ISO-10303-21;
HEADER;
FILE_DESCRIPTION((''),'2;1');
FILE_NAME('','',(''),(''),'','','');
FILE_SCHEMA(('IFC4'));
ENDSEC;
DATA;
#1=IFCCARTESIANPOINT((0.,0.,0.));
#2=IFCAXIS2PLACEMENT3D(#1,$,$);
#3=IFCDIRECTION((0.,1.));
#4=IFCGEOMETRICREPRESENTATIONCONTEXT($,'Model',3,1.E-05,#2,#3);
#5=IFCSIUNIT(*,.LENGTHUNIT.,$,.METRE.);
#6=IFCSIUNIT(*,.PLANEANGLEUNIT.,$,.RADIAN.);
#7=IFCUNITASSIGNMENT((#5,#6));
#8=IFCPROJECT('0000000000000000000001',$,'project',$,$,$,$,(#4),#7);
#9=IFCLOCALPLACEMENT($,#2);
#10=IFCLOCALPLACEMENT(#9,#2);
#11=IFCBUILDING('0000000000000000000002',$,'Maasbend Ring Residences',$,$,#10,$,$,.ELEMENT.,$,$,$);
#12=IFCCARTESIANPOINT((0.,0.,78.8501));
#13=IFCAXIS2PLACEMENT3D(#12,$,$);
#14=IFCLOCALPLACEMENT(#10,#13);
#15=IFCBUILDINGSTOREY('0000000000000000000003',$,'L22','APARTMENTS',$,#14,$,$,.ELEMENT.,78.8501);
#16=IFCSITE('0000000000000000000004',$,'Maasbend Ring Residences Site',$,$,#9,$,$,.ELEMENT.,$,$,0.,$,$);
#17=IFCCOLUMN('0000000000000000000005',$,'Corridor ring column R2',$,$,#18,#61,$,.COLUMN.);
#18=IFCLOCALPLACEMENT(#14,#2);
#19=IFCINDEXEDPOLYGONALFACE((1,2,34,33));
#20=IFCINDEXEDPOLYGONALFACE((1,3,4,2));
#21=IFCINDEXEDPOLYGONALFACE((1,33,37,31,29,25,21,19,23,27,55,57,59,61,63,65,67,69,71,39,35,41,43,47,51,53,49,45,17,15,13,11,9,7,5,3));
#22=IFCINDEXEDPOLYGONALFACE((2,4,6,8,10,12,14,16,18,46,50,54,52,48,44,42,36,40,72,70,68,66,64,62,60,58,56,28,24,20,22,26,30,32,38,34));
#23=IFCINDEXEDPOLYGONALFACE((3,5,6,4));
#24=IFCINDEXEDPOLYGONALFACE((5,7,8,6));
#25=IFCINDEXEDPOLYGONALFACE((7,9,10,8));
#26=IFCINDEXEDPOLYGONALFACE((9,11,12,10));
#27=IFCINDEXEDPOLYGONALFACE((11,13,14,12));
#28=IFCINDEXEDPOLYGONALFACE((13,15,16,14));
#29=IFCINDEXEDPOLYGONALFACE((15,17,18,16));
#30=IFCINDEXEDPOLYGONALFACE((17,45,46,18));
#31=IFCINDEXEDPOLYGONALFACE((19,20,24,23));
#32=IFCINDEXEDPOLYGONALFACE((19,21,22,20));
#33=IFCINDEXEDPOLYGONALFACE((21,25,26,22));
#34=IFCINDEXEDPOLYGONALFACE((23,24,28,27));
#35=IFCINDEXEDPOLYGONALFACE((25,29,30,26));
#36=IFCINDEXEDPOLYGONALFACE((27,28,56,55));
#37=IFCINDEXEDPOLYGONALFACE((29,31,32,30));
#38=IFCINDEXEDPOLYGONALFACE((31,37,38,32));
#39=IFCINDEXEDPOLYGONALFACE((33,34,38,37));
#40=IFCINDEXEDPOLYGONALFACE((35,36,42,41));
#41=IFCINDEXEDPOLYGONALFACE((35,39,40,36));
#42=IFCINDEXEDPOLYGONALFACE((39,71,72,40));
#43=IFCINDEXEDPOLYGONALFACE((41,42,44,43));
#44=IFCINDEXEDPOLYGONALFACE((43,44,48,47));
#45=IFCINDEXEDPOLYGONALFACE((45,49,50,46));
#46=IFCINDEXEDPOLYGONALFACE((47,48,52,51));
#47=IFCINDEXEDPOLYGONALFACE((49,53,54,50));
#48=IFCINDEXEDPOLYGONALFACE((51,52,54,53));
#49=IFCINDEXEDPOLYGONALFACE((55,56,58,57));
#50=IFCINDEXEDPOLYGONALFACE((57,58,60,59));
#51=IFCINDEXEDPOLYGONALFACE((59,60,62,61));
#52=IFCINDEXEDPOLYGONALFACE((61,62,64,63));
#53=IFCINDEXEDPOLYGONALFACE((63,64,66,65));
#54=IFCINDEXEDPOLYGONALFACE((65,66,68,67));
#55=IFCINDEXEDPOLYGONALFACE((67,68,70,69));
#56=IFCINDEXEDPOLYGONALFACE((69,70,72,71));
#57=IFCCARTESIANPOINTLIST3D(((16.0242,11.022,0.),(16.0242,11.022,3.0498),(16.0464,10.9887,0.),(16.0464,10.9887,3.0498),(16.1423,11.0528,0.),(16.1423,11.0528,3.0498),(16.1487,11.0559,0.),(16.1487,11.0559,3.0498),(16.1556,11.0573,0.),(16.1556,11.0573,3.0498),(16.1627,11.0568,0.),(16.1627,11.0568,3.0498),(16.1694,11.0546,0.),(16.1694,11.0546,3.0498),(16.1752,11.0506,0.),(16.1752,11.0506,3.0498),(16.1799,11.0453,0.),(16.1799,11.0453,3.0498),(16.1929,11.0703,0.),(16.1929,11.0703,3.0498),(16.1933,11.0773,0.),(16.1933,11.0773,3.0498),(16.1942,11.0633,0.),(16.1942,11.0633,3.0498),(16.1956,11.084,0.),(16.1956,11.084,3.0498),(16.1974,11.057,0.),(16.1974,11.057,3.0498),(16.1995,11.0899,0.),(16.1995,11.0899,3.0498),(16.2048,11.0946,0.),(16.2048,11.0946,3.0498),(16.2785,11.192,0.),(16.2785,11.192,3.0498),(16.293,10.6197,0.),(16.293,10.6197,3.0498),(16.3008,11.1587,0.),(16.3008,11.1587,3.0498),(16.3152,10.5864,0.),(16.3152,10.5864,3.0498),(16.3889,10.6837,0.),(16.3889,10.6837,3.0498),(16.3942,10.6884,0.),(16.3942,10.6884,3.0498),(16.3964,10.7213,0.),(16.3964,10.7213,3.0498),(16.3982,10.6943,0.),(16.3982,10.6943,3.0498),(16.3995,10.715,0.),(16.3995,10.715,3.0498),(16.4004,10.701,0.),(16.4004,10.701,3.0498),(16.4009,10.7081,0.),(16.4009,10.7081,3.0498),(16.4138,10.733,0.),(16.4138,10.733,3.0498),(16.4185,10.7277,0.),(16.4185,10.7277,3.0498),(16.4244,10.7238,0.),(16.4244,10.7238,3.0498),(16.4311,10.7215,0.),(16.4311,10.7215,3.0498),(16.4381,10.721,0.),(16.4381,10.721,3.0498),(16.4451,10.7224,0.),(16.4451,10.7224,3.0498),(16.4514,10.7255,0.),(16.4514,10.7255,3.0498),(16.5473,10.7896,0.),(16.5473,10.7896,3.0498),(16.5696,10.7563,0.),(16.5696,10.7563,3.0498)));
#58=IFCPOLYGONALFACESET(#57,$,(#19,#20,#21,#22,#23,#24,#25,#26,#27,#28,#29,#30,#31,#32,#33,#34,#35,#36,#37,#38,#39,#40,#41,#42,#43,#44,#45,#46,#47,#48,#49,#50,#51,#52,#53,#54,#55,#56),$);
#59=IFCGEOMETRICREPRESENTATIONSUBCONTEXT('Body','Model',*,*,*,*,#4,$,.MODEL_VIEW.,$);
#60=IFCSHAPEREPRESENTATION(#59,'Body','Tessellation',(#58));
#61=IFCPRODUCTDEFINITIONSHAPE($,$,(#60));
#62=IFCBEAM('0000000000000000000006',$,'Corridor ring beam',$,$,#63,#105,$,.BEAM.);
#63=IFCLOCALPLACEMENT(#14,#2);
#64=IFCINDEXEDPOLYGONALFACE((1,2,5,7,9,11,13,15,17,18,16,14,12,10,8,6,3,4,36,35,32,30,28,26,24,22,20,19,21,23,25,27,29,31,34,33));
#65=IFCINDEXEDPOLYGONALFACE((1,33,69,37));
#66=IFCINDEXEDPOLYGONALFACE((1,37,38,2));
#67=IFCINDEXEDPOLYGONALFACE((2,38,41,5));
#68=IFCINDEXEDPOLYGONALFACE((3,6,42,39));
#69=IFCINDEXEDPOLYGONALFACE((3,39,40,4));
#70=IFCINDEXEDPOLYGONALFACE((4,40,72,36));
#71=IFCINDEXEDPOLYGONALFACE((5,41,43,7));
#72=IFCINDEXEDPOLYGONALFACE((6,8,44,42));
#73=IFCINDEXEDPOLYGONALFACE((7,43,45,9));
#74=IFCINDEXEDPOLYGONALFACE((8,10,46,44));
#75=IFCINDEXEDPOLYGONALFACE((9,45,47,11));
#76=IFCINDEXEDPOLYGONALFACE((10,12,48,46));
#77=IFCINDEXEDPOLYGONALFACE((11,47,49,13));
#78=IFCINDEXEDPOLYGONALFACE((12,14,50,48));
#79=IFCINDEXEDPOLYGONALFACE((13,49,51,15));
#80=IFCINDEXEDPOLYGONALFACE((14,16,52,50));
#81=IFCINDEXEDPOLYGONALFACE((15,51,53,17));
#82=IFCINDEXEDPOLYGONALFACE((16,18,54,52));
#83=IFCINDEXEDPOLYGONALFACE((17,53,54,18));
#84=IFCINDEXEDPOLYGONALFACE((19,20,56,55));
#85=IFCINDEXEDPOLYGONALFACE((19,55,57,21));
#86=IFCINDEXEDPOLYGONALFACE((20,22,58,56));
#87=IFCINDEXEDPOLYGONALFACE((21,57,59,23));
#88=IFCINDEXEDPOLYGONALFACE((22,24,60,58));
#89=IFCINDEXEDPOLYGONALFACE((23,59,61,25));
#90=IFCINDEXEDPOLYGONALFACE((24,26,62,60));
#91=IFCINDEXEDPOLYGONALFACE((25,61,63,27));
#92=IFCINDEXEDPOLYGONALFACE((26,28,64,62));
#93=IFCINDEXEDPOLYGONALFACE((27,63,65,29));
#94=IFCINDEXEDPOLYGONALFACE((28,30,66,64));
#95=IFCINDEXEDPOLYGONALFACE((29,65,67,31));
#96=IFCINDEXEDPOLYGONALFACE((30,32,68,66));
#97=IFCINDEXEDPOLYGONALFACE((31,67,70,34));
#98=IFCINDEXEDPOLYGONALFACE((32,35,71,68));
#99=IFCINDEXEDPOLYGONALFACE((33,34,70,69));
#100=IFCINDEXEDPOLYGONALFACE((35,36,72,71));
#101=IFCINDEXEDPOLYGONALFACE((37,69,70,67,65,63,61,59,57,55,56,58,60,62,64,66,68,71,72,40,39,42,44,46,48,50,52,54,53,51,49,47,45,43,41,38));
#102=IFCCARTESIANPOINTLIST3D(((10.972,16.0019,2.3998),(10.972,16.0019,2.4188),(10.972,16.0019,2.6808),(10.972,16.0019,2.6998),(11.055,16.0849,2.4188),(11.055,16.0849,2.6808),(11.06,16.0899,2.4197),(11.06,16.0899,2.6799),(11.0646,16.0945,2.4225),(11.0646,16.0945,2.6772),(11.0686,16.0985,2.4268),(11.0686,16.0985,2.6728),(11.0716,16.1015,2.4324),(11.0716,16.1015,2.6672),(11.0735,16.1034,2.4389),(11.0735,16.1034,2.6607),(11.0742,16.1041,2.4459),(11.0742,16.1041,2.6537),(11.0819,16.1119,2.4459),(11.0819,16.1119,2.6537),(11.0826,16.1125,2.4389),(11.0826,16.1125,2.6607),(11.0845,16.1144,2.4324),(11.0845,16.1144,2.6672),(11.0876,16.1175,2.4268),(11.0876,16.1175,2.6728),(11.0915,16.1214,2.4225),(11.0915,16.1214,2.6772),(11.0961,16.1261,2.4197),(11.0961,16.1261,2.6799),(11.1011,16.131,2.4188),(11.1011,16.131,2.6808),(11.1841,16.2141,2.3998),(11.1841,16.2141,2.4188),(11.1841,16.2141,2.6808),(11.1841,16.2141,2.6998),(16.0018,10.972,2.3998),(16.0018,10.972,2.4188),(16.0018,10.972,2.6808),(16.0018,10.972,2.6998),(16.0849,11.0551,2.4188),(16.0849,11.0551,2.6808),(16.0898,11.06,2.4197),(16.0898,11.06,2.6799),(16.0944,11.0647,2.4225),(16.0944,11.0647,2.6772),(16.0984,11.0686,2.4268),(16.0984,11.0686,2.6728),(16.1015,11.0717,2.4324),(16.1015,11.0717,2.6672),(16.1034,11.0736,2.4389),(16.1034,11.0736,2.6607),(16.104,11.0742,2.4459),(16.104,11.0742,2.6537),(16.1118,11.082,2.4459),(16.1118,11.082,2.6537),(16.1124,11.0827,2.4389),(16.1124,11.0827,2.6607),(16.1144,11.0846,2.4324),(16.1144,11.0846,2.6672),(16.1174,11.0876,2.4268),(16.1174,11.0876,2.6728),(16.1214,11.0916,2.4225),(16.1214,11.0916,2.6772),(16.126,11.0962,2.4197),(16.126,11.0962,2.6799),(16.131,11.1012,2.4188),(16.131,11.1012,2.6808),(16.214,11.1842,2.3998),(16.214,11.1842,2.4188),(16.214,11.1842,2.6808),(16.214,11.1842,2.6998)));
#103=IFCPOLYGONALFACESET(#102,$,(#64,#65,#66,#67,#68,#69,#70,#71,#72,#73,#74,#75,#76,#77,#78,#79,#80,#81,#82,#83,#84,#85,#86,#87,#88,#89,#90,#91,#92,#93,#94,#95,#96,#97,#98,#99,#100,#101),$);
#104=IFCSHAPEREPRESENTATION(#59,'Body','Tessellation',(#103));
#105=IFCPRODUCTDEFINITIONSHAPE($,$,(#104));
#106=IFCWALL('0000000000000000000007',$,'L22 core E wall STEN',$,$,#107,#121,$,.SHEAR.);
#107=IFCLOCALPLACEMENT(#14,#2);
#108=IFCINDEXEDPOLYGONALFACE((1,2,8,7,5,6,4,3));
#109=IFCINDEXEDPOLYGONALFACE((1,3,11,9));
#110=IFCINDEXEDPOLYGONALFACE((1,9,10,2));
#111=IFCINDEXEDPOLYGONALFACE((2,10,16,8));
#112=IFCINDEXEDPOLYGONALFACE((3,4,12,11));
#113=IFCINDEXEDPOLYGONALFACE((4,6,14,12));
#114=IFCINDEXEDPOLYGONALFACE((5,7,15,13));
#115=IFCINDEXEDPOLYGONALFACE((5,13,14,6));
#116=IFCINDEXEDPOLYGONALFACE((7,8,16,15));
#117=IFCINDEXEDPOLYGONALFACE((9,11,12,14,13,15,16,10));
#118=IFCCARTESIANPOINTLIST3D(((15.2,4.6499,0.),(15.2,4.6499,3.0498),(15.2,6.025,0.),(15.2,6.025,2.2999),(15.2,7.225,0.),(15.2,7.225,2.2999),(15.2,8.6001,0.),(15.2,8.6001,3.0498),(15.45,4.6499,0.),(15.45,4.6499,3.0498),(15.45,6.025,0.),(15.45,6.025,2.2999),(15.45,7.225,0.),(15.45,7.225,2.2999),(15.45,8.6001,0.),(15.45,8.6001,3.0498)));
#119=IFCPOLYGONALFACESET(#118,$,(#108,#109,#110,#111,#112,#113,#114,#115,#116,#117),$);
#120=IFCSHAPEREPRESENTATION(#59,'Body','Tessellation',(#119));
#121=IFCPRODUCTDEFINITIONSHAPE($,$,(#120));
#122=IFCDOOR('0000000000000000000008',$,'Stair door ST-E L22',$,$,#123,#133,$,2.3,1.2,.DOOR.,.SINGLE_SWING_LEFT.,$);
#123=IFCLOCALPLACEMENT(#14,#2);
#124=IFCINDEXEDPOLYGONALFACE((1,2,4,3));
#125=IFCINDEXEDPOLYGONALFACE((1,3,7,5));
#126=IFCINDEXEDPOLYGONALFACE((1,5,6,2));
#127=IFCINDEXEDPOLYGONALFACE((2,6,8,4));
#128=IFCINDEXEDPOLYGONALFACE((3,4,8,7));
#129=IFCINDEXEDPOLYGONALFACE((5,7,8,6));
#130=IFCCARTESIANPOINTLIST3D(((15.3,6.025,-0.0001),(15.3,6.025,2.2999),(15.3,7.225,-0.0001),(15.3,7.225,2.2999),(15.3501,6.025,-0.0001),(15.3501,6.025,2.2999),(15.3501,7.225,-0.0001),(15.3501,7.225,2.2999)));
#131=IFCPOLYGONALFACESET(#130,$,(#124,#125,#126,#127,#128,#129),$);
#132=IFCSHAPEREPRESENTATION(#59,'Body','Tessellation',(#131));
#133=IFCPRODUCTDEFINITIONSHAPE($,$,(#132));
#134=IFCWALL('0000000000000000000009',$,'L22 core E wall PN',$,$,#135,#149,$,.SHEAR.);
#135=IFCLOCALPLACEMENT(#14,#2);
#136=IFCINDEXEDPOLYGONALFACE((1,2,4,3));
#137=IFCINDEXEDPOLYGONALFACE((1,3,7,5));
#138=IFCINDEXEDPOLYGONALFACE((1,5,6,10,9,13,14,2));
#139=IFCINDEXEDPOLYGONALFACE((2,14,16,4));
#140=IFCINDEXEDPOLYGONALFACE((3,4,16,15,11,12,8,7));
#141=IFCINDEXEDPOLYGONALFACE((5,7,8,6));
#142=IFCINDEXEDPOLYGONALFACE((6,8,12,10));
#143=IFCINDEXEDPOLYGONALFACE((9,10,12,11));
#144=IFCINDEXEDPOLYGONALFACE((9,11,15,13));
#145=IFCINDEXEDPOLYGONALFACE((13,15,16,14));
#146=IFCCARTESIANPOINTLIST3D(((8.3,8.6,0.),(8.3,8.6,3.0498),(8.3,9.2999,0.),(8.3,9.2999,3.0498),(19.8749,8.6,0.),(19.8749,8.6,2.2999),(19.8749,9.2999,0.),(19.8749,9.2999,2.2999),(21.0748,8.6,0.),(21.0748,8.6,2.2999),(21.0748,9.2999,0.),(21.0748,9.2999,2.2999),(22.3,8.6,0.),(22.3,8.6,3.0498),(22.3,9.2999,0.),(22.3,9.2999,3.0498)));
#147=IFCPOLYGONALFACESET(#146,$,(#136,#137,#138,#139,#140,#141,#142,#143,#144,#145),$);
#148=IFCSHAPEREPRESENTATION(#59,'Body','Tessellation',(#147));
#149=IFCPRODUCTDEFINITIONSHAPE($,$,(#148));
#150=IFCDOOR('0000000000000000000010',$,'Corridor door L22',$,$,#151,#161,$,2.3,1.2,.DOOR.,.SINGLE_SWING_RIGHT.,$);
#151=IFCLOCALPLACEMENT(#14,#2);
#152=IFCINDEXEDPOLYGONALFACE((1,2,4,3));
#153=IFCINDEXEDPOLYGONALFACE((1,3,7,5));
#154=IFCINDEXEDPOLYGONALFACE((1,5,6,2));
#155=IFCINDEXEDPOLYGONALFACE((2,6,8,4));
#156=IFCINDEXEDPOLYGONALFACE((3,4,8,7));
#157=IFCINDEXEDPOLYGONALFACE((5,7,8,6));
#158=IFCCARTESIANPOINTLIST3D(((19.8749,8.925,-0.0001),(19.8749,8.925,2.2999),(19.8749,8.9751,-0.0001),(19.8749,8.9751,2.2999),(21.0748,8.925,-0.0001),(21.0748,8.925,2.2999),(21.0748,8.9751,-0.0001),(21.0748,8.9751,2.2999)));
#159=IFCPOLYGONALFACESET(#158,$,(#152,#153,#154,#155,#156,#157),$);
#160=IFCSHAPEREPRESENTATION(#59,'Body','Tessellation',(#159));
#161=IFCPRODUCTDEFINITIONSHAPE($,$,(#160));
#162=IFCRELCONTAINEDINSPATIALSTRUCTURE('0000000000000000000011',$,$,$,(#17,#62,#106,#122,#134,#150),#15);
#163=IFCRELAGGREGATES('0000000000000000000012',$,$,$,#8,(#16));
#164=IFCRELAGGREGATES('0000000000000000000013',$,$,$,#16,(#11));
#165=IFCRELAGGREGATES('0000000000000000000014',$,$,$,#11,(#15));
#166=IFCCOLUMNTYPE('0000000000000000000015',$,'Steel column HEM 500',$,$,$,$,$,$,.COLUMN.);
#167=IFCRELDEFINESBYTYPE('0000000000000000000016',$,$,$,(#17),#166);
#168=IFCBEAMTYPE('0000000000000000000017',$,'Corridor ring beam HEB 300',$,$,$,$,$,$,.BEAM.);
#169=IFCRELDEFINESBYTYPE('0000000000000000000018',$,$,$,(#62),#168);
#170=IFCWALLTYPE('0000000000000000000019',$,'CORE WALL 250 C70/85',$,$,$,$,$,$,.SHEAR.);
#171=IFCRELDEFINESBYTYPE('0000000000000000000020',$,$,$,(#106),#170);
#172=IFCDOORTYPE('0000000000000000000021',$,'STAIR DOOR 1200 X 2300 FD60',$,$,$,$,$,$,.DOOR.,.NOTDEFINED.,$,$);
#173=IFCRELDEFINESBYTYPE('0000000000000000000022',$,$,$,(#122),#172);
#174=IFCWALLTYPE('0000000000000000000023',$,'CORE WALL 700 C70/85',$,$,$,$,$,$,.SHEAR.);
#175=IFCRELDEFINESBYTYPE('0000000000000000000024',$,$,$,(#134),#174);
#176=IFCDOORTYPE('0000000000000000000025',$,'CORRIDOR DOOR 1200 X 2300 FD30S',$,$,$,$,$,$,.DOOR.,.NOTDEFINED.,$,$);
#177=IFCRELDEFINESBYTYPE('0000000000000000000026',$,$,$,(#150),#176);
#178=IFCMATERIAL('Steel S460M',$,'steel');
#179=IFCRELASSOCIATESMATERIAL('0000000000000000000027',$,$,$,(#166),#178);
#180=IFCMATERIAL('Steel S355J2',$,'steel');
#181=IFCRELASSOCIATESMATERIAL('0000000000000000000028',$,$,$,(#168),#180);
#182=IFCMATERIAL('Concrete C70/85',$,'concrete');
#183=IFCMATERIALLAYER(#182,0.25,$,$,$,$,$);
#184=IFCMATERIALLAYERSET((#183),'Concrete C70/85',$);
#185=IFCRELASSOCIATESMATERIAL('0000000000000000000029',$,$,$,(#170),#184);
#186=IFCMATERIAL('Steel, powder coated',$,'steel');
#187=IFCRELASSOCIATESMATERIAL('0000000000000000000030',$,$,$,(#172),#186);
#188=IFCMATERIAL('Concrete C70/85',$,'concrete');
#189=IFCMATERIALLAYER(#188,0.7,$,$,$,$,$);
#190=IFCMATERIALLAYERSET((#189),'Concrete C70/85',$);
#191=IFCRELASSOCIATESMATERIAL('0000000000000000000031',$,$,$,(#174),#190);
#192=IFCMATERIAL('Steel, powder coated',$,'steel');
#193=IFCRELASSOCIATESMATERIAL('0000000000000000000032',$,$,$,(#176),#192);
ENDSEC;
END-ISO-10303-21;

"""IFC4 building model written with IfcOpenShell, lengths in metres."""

from ifc_helpers import new_model, si_unit, direction, frame, frame_2d, origin, origin_2d, place, context, subcontext, project, spatial, rectangle, i_section, extrude, material, layer, layer_set, material_profile, profile_set, type_object, element, fill, save


model = new_model("IFC4")

# Units and contexts
model_context = context("Model", 3, precision=1e-05, world=origin(), true_north=direction((0.0, 1.0)))
body_context = subcontext(model_context, "Body", "Model", "MODEL_VIEW")
ifc_project = project(units=[si_unit("LENGTHUNIT", "METRE"), si_unit("PLANEANGLEUNIT", "RADIAN")], contexts=[model_context])

# Site, building, storey
site_placement = place(None, origin())
site = spatial("IfcSite", under=ifc_project, at=site_placement, Name="Maasbend Ring Residences Site", CompositionType="ELEMENT", RefElevation=0.0)
building_placement = place(site_placement, origin())
building = spatial("IfcBuilding", under=site, at=building_placement, Name="Maasbend Ring Residences", CompositionType="ELEMENT")
storey_placement = place(building_placement, frame((0.0, 0.0, 78.8501)))
storey = spatial("IfcBuildingStorey", under=building, at=storey_placement, Name="L22", Description="APARTMENTS", CompositionType="ELEMENT", Elevation=78.8501)

# Column
ifc_material_1 = material(Name="Steel S460M", Category="steel")
ifc_material_profile_1 = material_profile(ifc_material_1, i_section(OverallWidth=0.3059, OverallDepth=0.5239, WebThickness=0.021, FlangeThickness=0.04, FilletRadius=0.0271, at=origin_2d()), Name="HEM 500")
ifc_profile_set_1 = profile_set([ifc_material_profile_1], Name="Steel S460M")
column_type = type_object("IfcColumnType", Name="Steel column HEM 500", PredefinedType="COLUMN", material=ifc_profile_set_1)
column_placement = place(storey_placement, frame((16.2969, 10.8892, 0.0), z_axis=(0.0, 0.0, 1.0), x_axis=(0.83147, 0.55557, 0.0)))
element("IfcColumn", 1, at=column_placement, inside=storey, type_object=column_type, Name="Corridor ring column R2", PredefinedType="COLUMN", context=body_context, shape_type="SweptSolid", body=[
    extrude(i_section(OverallWidth=0.3059, OverallDepth=0.5239, WebThickness=0.021, FlangeThickness=0.04, FilletRadius=0.0271, at=origin_2d()), origin(), (0.0, 0.0, 1.0), 3.0498),
])

# Beam
ifc_material_2 = material(Name="Steel S355J2", Category="steel")
ifc_material_profile_2 = material_profile(ifc_material_2, i_section(OverallWidth=0.3, OverallDepth=0.3, WebThickness=0.011, FlangeThickness=0.019, FilletRadius=0.0271, at=origin_2d()), Name="HEB 300")
ifc_profile_set_2 = profile_set([ifc_material_profile_2], Name="Steel S355J2")
beam_type = type_object("IfcBeamType", Name="Corridor ring beam HEB 300", PredefinedType="BEAM", material=ifc_profile_set_2)
beam_placement = place(storey_placement, frame((16.1079, 11.0781, 2.5498), z_axis=(-0.707107, 0.707107, 0.0), x_axis=(-0.707107, -0.707107, 0.0)))
element("IfcBeam", 2, at=beam_placement, inside=storey, type_object=beam_type, Name="Corridor ring beam", PredefinedType="BEAM", context=body_context, shape_type="SweptSolid", body=[
    extrude(i_section(OverallWidth=0.3, OverallDepth=0.3, WebThickness=0.011, FlangeThickness=0.019, FilletRadius=0.0271, at=origin_2d()), origin(), (0.0, 0.0, 1.0), 7.1133),
])

# Walls, openings, doors
ifc_material_3 = material(Name="Concrete C70/85", Category="concrete")
ifc_layer_1 = layer(ifc_material_3, 0.25)
ifc_layer_set_1 = layer_set([ifc_layer_1], Name="Concrete C70/85")
wall_type_1 = type_object("IfcWallType", Name="CORE WALL 250 C70/85", PredefinedType="SHEAR", material=ifc_layer_set_1)
wall_1_placement = place(storey_placement, frame((15.325, 4.6499, 0.0), z_axis=(0.0, 0.0, 1.0), x_axis=(0.0, 1.0, 0.0)))
wall_1 = element("IfcWall", 3, at=wall_1_placement, inside=storey, type_object=wall_type_1, Name="L22 core E wall STEN", PredefinedType="SHEAR", context=body_context, shape_type="SweptSolid", body=[
    extrude(rectangle(XDim=3.9502, YDim=0.25, at=frame_2d((1.9751, 0.0))), origin(), (0.0, 0.0, 1.0), 3.0498),
])
opening_1_placement = place(wall_1_placement, frame((1.375, 0.0, 0.0)))
opening_1 = element("IfcOpeningElement", 4, at=opening_1_placement, cuts=wall_1, PredefinedType="OPENING", context=body_context, shape_type="SweptSolid", body=[
    extrude(rectangle(XDim=1.2, YDim=2.3, at=frame_2d((0.6001, 1.1499))), frame((0.0, 0.135, 0.0), z_axis=(0.0, -1.0, 0.0), x_axis=(1.0, 0.0, 0.0)), (0.0, 0.0, 1.0), 0.27),
])
ifc_material_4 = material(Name="Steel, powder coated", Category="steel")
door_type_1 = type_object("IfcDoorType", Name="STAIR DOOR 1200 X 2300 FD60", OperationType="NOTDEFINED", PredefinedType="DOOR", material=ifc_material_4)
door_1_placement = place(opening_1_placement, origin())
door_1 = element("IfcDoor", 5, at=door_1_placement, inside=storey, type_object=door_type_1, Name="Stair door ST-E L22", OperationType="SINGLE_SWING_LEFT", OverallHeight=2.3, OverallWidth=1.2, PredefinedType="DOOR", context=body_context, shape_type="SweptSolid", body=[
    extrude(rectangle(XDim=1.2, YDim=2.3, at=frame_2d((0.6001, 1.1499))), frame((0.0, 0.0249, 0.0), z_axis=(0.0, -1.0, 0.0), x_axis=(1.0, 0.0, 0.0)), (0.0, 0.0, 1.0), 0.05),
])
fill(opening_1, door_1)
ifc_material_5 = material(Name="Concrete C70/85", Category="concrete")
ifc_layer_2 = layer(ifc_material_5, 0.7)
ifc_layer_set_2 = layer_set([ifc_layer_2], Name="Concrete C70/85")
wall_type_2 = type_object("IfcWallType", Name="CORE WALL 700 C70/85", PredefinedType="SHEAR", material=ifc_layer_set_2)
wall_2_placement = place(storey_placement, frame((22.3, 8.95, 0.0), z_axis=(0.0, 0.0, 1.0), x_axis=(-1.0, 0.0, 0.0)))
wall_2 = element("IfcWall", 6, at=wall_2_placement, inside=storey, type_object=wall_type_2, Name="L22 core E wall PN", PredefinedType="SHEAR", context=body_context, shape_type="SweptSolid", body=[
    extrude(rectangle(XDim=14.0, YDim=0.7, at=frame_2d((7.0, 0.0))), origin(), (0.0, 0.0, 1.0), 3.0498),
])
opening_2_placement = place(wall_2_placement, frame((1.2251, 0.0, 0.0)))
opening_2 = element("IfcOpeningElement", 7, at=opening_2_placement, cuts=wall_2, PredefinedType="OPENING", context=body_context, shape_type="SweptSolid", body=[
    extrude(rectangle(XDim=1.2, YDim=2.3, at=frame_2d((0.6001, 1.1499))), frame((0.0, 0.3599, 0.0), z_axis=(0.0, -1.0, 0.0), x_axis=(1.0, 0.0, 0.0)), (0.0, 0.0, 1.0), 0.72),
])
ifc_material_6 = material(Name="Steel, powder coated", Category="steel")
door_type_2 = type_object("IfcDoorType", Name="CORRIDOR DOOR 1200 X 2300 FD30S", OperationType="NOTDEFINED", PredefinedType="DOOR", material=ifc_material_6)
door_2_placement = place(opening_2_placement, origin())
door_2 = element("IfcDoor", 8, at=door_2_placement, inside=storey, type_object=door_type_2, Name="Corridor door L22", OperationType="SINGLE_SWING_RIGHT", OverallHeight=2.3, OverallWidth=1.2, PredefinedType="DOOR", context=body_context, shape_type="SweptSolid", body=[
    extrude(rectangle(XDim=1.2, YDim=2.3, at=frame_2d((0.6001, 1.1499))), frame((0.0, 0.0249, 0.0), z_axis=(0.0, -1.0, 0.0), x_axis=(1.0, 0.0, 0.0)), (0.0, 0.0, 1.0), 0.05),
])
fill(opening_2, door_2)

save(model, "model.ifc")
